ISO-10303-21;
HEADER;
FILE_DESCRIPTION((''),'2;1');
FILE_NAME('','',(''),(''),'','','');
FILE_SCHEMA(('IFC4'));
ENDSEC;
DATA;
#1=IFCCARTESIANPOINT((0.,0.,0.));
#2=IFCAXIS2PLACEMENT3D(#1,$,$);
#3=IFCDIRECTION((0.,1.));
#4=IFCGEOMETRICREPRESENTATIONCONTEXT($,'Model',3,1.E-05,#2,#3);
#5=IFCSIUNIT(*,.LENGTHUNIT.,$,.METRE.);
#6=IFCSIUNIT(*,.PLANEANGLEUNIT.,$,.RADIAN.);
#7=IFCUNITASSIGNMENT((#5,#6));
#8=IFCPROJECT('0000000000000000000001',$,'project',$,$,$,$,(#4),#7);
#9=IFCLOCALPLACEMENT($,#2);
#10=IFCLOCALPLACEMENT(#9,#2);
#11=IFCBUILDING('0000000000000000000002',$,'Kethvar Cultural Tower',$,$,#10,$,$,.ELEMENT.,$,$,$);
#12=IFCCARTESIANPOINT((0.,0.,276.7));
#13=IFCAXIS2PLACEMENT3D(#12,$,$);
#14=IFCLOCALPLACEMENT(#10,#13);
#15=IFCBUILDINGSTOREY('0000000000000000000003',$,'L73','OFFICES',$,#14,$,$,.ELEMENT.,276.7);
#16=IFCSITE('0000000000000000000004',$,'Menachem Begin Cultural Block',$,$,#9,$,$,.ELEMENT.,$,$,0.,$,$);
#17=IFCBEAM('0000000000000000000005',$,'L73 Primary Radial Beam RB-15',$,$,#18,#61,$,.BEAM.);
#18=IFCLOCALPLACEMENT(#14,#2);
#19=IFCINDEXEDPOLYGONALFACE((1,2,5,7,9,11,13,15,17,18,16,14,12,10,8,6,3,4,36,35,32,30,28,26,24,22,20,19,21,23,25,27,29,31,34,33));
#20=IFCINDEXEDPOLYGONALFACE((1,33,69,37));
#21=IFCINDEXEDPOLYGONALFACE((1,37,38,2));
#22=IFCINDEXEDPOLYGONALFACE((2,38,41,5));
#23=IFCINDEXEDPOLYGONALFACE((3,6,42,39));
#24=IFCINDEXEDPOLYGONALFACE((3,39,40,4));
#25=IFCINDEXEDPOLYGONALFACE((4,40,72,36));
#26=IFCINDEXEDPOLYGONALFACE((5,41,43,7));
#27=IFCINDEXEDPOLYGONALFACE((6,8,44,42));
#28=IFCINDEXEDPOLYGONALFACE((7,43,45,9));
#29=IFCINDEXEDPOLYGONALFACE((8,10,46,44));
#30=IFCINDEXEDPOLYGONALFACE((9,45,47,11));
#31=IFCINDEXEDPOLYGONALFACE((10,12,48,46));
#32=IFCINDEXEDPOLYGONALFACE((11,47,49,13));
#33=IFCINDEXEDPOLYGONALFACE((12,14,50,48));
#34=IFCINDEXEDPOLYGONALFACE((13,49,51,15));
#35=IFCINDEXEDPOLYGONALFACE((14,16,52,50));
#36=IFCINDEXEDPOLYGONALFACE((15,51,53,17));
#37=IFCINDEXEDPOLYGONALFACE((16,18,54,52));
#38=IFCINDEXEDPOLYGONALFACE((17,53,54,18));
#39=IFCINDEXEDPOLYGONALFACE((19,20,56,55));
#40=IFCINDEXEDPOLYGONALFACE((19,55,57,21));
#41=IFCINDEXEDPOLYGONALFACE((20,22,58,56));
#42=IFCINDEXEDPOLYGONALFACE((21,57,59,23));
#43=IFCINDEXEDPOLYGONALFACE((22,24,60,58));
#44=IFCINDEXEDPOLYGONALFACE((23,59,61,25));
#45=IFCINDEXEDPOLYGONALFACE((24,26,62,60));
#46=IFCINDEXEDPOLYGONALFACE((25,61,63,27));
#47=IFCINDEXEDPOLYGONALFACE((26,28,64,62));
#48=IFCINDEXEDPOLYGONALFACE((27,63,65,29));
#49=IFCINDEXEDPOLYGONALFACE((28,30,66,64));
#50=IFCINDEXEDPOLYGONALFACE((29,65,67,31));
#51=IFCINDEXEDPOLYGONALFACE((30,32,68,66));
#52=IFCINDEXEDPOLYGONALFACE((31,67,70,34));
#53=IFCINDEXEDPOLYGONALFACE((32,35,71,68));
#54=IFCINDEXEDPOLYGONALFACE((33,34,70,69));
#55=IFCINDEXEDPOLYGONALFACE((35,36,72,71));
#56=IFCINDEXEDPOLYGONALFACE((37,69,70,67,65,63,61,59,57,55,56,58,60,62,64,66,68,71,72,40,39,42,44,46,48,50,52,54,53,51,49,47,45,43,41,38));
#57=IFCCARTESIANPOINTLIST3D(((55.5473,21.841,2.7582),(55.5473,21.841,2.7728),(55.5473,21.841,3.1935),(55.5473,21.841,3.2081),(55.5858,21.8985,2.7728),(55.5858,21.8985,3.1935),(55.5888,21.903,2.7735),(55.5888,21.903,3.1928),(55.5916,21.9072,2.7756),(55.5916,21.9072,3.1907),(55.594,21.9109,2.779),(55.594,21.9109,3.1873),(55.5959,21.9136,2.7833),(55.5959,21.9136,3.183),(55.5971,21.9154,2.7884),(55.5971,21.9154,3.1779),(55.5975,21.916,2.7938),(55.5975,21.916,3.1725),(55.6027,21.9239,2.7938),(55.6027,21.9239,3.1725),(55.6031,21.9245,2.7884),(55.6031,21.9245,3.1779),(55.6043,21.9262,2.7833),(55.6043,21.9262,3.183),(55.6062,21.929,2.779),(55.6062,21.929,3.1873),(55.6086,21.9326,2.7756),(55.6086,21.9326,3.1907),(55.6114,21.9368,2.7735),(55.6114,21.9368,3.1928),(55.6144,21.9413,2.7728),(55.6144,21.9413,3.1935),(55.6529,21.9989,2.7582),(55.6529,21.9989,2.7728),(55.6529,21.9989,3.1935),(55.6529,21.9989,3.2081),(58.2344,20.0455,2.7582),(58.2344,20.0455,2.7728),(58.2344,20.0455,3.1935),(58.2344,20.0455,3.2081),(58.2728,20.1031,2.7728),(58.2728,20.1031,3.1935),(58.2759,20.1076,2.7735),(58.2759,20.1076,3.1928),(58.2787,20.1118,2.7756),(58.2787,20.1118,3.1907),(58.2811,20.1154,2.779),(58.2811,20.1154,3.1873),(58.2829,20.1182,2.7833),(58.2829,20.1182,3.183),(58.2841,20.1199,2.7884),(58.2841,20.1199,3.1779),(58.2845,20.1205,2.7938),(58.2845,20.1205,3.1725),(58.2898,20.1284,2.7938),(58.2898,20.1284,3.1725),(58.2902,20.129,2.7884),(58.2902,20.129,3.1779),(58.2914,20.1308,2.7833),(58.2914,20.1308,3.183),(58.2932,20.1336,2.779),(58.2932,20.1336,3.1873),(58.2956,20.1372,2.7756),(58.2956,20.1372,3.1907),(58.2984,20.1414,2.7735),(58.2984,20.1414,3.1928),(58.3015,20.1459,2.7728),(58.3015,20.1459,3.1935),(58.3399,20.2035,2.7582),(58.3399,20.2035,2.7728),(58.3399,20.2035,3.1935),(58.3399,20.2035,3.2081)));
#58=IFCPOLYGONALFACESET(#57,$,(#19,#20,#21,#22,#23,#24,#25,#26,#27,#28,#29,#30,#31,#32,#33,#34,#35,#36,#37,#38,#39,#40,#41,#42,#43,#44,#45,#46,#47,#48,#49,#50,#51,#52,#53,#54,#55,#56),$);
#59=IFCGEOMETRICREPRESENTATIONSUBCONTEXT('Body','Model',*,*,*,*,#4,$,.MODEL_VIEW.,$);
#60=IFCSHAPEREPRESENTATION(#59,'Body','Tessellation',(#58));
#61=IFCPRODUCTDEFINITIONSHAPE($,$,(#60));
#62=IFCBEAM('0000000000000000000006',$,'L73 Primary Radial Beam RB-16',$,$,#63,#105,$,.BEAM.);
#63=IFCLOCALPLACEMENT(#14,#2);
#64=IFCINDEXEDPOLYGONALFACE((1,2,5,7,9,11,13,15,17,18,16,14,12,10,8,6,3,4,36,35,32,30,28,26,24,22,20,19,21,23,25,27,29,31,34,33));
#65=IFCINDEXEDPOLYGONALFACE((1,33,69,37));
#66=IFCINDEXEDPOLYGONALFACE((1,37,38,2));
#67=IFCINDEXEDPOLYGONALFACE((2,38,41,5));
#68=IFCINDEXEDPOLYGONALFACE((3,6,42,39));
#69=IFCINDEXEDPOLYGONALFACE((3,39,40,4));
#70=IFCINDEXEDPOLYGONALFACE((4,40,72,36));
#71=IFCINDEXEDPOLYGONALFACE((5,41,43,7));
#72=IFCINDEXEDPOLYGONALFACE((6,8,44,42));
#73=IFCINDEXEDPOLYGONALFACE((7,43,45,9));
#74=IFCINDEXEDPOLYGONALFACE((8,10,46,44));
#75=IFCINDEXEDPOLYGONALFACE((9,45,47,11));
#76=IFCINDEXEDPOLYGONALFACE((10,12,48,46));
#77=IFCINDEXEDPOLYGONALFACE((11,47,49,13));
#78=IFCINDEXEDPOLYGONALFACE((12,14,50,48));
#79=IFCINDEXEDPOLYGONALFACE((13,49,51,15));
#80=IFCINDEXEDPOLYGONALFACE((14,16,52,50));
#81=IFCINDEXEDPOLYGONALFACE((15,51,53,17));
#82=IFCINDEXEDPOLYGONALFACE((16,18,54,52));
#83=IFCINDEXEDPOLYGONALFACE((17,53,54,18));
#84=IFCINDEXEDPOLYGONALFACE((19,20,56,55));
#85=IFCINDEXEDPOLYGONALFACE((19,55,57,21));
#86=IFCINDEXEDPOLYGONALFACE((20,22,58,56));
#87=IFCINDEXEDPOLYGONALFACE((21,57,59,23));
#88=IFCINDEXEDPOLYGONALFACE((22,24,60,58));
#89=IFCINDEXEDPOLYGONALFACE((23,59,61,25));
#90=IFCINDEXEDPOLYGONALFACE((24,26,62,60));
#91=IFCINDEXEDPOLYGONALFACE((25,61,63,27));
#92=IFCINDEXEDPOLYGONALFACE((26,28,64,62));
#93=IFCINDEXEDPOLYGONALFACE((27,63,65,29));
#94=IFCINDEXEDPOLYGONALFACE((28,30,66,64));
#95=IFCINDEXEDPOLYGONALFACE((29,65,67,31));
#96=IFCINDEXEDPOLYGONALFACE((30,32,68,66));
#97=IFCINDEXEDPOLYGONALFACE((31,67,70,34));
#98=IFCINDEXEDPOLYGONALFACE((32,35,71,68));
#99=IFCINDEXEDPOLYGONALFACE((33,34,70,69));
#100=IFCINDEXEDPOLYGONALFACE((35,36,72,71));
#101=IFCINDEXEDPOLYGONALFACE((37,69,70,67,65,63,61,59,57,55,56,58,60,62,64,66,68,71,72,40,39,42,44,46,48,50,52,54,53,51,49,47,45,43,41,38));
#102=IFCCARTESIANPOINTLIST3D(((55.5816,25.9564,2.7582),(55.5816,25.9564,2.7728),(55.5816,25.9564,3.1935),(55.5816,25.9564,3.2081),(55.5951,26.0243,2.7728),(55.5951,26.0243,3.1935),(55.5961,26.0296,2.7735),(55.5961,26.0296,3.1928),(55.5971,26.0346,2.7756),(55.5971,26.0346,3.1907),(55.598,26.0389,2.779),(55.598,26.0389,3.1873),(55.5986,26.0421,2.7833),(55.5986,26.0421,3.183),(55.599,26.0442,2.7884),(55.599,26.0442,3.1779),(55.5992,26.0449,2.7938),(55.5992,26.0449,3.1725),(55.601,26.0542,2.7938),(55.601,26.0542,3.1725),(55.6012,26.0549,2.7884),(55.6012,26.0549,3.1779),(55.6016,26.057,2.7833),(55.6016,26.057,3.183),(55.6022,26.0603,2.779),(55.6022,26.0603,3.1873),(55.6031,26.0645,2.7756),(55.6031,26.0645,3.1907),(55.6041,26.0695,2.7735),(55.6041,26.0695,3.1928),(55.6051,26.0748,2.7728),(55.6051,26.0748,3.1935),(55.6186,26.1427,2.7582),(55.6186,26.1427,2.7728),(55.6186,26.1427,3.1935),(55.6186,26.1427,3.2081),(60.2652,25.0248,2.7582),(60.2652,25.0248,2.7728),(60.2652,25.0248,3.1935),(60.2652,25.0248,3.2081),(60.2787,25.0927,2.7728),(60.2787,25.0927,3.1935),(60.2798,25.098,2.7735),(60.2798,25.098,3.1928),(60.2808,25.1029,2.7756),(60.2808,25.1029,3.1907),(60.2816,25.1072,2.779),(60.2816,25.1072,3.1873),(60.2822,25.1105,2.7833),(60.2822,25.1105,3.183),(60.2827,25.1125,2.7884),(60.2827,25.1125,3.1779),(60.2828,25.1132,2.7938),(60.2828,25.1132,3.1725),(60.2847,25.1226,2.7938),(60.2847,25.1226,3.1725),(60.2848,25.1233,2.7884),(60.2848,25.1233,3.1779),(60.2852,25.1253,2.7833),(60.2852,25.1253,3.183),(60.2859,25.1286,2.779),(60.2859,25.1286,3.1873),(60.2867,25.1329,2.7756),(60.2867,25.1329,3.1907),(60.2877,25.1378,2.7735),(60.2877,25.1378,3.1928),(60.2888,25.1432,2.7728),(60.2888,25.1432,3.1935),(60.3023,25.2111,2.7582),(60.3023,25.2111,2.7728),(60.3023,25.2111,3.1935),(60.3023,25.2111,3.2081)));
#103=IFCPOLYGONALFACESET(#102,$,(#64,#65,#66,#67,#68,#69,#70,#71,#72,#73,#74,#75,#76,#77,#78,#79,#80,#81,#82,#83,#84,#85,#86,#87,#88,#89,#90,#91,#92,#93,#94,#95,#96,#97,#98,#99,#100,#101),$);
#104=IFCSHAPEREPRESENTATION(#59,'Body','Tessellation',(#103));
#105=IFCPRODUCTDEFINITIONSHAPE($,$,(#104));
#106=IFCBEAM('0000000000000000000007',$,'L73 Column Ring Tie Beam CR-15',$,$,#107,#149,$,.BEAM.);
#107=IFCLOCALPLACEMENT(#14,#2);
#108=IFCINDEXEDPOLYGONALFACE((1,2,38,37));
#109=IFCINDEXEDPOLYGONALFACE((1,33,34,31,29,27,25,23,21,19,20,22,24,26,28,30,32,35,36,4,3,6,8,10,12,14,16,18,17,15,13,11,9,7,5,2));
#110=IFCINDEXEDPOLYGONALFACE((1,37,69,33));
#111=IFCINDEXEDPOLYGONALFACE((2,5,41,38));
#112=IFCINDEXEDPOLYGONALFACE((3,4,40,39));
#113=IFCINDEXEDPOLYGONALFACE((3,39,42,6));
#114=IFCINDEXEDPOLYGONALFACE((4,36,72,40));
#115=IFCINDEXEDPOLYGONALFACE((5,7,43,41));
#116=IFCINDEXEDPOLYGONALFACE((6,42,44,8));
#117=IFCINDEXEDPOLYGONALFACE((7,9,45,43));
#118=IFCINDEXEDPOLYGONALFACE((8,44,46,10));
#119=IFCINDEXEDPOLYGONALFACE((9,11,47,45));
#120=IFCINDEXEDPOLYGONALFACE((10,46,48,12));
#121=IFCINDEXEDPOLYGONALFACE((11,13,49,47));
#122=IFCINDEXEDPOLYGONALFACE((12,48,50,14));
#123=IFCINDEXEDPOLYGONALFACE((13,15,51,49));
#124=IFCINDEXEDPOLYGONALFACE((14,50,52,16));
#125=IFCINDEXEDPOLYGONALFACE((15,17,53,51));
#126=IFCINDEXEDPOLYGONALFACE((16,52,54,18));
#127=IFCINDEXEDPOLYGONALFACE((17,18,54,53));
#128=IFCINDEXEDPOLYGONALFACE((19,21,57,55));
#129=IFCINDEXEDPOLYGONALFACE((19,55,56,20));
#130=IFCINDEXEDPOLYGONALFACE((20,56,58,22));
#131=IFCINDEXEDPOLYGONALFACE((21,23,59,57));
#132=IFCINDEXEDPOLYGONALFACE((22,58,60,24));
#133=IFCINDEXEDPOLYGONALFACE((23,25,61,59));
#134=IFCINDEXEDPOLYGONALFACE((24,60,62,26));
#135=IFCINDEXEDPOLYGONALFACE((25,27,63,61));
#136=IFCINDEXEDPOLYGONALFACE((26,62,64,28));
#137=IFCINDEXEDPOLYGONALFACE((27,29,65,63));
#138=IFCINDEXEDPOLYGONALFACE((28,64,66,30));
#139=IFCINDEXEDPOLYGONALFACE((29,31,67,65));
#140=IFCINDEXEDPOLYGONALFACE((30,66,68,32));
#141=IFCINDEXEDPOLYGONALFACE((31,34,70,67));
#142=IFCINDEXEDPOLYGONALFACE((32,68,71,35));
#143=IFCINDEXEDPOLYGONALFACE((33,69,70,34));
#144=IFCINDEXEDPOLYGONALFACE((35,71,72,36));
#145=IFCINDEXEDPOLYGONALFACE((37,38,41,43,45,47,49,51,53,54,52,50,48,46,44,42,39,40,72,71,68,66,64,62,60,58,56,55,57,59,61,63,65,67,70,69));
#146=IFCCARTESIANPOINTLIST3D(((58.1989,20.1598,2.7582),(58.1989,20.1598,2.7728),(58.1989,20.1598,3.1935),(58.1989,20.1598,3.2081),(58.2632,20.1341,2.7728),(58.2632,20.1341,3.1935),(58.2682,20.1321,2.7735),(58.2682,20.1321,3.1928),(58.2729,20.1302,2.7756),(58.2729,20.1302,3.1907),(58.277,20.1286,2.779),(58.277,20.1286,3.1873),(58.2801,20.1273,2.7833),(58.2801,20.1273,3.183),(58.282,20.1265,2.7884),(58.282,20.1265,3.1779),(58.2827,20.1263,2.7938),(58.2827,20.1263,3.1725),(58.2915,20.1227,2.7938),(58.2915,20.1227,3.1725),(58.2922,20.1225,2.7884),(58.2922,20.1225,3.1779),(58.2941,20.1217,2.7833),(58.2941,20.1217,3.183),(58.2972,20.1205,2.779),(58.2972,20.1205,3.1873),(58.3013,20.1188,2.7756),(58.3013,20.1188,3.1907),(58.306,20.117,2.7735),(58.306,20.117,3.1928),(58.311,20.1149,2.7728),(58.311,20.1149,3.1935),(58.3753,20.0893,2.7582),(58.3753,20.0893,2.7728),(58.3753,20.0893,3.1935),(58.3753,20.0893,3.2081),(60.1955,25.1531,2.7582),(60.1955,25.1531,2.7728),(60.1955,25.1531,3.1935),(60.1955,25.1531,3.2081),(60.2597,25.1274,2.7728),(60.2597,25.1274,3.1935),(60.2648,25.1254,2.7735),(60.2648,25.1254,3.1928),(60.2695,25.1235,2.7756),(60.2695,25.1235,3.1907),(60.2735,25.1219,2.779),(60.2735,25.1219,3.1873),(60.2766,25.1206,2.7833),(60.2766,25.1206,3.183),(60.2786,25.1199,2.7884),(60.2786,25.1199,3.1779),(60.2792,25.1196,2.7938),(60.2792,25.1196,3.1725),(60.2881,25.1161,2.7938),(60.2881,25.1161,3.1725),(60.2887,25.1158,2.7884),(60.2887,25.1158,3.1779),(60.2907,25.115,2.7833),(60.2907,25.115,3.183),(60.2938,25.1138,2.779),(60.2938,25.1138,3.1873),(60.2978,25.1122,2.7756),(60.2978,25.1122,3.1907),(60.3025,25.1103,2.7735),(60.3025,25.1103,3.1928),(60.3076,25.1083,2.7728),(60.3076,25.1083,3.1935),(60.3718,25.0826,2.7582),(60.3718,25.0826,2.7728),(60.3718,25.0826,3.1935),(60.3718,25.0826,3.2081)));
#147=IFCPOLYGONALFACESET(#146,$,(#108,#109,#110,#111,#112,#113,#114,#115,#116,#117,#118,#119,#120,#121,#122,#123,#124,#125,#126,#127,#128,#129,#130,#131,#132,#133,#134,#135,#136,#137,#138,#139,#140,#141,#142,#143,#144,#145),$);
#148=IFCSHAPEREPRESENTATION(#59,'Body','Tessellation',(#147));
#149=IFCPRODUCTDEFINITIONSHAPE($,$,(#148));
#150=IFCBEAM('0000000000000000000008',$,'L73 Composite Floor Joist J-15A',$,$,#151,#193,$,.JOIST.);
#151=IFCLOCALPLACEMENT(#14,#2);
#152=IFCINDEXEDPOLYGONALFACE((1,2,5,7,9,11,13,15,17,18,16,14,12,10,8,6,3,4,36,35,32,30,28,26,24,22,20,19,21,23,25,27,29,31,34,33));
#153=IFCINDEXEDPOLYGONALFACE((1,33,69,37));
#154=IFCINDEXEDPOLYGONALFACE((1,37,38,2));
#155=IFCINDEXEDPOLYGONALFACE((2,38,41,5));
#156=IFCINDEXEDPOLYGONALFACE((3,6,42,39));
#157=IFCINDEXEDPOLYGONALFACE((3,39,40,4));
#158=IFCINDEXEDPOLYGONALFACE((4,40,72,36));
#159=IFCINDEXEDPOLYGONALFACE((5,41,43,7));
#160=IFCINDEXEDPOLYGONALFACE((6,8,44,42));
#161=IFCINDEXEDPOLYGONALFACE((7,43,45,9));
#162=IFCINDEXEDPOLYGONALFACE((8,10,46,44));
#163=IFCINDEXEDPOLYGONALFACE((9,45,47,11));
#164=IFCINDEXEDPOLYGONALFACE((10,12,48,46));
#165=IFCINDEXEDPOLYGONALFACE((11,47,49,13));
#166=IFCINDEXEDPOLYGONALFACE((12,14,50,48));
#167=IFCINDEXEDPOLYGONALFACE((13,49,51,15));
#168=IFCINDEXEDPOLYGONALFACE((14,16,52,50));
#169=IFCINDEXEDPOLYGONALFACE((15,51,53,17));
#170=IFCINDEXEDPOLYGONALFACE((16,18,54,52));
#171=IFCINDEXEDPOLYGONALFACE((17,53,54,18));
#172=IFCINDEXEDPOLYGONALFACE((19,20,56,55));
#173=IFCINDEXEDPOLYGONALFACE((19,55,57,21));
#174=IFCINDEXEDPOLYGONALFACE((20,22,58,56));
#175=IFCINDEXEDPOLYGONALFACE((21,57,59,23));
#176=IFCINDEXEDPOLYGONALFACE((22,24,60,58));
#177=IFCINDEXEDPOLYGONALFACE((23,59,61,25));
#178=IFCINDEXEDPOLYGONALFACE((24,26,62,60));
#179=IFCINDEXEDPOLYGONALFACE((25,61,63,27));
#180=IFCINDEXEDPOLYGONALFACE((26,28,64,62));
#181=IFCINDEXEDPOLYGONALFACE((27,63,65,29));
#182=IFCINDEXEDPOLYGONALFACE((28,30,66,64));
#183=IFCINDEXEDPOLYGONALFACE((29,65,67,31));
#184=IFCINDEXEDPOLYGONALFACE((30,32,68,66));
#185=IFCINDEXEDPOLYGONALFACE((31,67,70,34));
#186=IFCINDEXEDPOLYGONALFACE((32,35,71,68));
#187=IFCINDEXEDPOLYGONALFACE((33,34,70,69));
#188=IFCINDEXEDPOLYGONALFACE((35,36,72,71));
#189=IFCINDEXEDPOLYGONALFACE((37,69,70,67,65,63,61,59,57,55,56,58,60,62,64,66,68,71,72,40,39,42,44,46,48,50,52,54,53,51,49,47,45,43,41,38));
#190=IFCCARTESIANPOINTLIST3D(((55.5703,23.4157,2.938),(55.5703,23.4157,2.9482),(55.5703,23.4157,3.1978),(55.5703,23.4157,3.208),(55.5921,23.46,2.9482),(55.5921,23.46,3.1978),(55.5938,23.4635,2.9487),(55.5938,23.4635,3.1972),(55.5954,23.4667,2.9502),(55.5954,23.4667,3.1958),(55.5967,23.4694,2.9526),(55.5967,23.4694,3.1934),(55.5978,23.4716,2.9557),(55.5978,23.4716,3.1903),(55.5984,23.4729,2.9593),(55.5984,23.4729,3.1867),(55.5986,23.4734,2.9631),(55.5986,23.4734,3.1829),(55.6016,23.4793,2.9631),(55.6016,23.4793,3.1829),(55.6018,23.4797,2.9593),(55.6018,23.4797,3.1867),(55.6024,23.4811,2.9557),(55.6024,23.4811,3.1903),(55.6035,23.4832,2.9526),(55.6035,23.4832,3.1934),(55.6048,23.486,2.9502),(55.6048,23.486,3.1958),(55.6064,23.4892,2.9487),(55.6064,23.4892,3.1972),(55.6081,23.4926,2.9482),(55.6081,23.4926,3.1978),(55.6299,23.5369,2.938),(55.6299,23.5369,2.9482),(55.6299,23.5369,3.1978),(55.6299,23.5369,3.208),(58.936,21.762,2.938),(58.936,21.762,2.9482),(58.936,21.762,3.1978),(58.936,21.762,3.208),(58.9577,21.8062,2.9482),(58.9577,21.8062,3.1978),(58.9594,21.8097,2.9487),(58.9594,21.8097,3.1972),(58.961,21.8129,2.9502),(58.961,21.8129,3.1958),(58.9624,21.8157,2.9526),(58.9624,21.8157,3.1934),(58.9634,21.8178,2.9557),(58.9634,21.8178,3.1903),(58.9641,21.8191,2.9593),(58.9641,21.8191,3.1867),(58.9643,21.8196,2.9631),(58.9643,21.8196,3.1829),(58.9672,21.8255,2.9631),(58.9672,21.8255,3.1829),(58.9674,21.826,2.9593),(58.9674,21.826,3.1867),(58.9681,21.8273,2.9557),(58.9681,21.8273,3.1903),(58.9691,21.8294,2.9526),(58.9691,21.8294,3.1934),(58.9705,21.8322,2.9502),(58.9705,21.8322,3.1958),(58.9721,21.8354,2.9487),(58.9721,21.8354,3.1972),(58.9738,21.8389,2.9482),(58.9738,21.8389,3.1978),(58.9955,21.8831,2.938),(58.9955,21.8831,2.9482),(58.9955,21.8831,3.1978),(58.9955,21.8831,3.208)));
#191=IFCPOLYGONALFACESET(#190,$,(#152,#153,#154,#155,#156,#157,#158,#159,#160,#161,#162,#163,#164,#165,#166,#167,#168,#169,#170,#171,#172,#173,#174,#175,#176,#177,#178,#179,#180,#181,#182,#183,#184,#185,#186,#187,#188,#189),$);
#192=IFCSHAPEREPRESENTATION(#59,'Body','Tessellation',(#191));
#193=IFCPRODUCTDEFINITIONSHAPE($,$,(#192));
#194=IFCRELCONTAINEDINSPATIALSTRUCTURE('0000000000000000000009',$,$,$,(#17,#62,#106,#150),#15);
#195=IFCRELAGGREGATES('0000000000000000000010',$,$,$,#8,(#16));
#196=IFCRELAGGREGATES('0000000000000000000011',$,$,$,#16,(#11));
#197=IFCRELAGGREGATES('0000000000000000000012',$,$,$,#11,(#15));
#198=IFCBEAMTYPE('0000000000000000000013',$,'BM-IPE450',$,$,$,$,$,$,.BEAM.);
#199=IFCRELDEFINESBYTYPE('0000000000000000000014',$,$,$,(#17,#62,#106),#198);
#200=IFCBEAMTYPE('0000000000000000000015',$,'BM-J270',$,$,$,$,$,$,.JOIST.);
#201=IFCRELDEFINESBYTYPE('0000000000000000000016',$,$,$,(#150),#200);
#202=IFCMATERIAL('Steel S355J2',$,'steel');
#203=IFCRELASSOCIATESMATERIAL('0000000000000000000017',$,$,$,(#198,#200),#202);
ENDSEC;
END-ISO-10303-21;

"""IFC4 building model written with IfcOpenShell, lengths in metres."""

from ifc_helpers import new_model, si_unit, direction, frame, origin, origin_2d, place, context, subcontext, project, spatial, i_section, extrude, source, transform, mapped, material, material_profile, profile_set, type_object, element, save


model = new_model("IFC4")

# Units and contexts
model_context = context("Model", 3, precision=1e-05, world=origin(), true_north=direction((0.0, 1.0)))
body_context = subcontext(model_context, "Body", "Model", "MODEL_VIEW")
ifc_project = project(units=[si_unit("LENGTHUNIT", "METRE"), si_unit("PLANEANGLEUNIT", "RADIAN")], contexts=[model_context])

# Site, building, storey
site_placement = place(None, origin())
site = spatial("IfcSite", under=ifc_project, at=site_placement, Name="Menachem Begin Cultural Block", CompositionType="ELEMENT", RefElevation=0.0)
building_placement = place(site_placement, origin())
building = spatial("IfcBuilding", under=site, at=building_placement, Name="Kethvar Cultural Tower", CompositionType="ELEMENT")
storey_placement = place(building_placement, frame((0.0, 0.0, 276.7)))
storey = spatial("IfcBuildingStorey", under=building, at=storey_placement, Name="L73", Description="OFFICES", CompositionType="ELEMENT", Elevation=276.7)

# Shared definitions
ifc_material_1 = material(Name="Steel S355J2", Category="steel")

# Beams
ifc_material_profile_1 = material_profile(ifc_material_1, i_section(OverallWidth=0.1899, OverallDepth=0.45, WebThickness=0.0095, FlangeThickness=0.0146, FilletRadius=0.021, at=origin_2d()), Name="Steel S355J2 — IPE450")
ifc_profile_set_1 = profile_set([ifc_material_profile_1], Name="Steel S355J2 — IPE450")
beam_type_1 = type_object("IfcBeamType", Name="BM-IPE450", PredefinedType="BEAM", material=ifc_profile_set_1)
shared_shape_1 = source(origin(), body_context, "Body", "SweptSolid", [
    extrude(i_section(OverallWidth=0.1899, OverallDepth=0.45, WebThickness=0.0095, FlangeThickness=0.0146, FilletRadius=0.021, at=origin_2d()), origin(), (0.0, 0.0, 1.0), 3.2317),
])
beam_1_placement = place(storey_placement, frame((55.6001, 21.9199, 2.9832), z_axis=(0.831469, -0.555572, 0.0), x_axis=(0.555572, 0.831469, 0.0)))
element("IfcBeam", 1, at=beam_1_placement, inside=storey, type_object=beam_type_1, Name="L73 Primary Radial Beam RB-15", PredefinedType="BEAM", context=body_context, shape_type="MappedRepresentation", body=[
    mapped(shared_shape_1, transform((0.0, 0.0, 0.0), scale=1.0)),
])
shared_shape_2 = source(origin(), body_context, "Body", "SweptSolid", [
    extrude(i_section(OverallWidth=0.1899, OverallDepth=0.45, WebThickness=0.0095, FlangeThickness=0.0146, FilletRadius=0.021, at=origin_2d()), origin(), (0.0, 0.0, 1.0), 4.7754),
])
beam_2_placement = place(storey_placement, frame((55.6001, 26.0496, 2.9832), z_axis=(0.980785, -0.195094, 0.0), x_axis=(0.195094, 0.980785, 0.0)))
element("IfcBeam", 2, at=beam_2_placement, inside=storey, type_object=beam_type_1, Name="L73 Primary Radial Beam RB-16", PredefinedType="BEAM", context=body_context, shape_type="MappedRepresentation", body=[
    mapped(shared_shape_2, transform((0.0, 0.0, 0.0), scale=1.0)),
])
shared_shape_3 = source(origin(), body_context, "Body", "SweptSolid", [
    extrude(i_section(OverallWidth=0.1899, OverallDepth=0.45, WebThickness=0.0095, FlangeThickness=0.0146, FilletRadius=0.021, at=origin_2d()), origin(), (0.0, 0.0, 1.0), 5.3777),
])
beam_3_placement = place(storey_placement, frame((58.2871, 20.1245, 2.9832), z_axis=(0.371265, 0.928527, 0.0), x_axis=(-0.928527, 0.371265, 0.0)))
element("IfcBeam", 3, at=beam_3_placement, inside=storey, type_object=beam_type_1, Name="L73 Column Ring Tie Beam CR-15", PredefinedType="BEAM", context=body_context, shape_type="MappedRepresentation", body=[
    mapped(shared_shape_3, transform((0.0, 0.0, 0.0), scale=1.0)),
])
ifc_material_profile_2 = material_profile(ifc_material_1, i_section(OverallWidth=0.135, OverallDepth=0.27, WebThickness=0.0066, FlangeThickness=0.0103, FilletRadius=0.0149, at=origin_2d()), Name="Steel S355J2 — IPE270")
ifc_profile_set_2 = profile_set([ifc_material_profile_2], Name="Steel S355J2 — IPE270")
beam_type_2 = type_object("IfcBeamType", Name="BM-J270", PredefinedType="JOIST", material=ifc_profile_set_2)
shared_shape_4 = source(origin(), body_context, "Body", "SweptSolid", [
    extrude(i_section(OverallWidth=0.135, OverallDepth=0.27, WebThickness=0.0066, FlangeThickness=0.0103, FilletRadius=0.0149, at=origin_2d()), origin(), (0.0, 0.0, 1.0), 3.75),
])
beam_4_placement = place(storey_placement, frame((55.6001, 23.4763, 3.073), z_axis=(0.897505, -0.441005, 0.0), x_axis=(0.441005, 0.897505, 0.0)))
element("IfcBeam", 4, at=beam_4_placement, inside=storey, type_object=beam_type_2, Name="L73 Composite Floor Joist J-15A", PredefinedType="JOIST", context=body_context, shape_type="MappedRepresentation", body=[
    mapped(shared_shape_4, transform((0.0, 0.0, 0.0), scale=1.0)),
])

save(model, "model.ifc")
